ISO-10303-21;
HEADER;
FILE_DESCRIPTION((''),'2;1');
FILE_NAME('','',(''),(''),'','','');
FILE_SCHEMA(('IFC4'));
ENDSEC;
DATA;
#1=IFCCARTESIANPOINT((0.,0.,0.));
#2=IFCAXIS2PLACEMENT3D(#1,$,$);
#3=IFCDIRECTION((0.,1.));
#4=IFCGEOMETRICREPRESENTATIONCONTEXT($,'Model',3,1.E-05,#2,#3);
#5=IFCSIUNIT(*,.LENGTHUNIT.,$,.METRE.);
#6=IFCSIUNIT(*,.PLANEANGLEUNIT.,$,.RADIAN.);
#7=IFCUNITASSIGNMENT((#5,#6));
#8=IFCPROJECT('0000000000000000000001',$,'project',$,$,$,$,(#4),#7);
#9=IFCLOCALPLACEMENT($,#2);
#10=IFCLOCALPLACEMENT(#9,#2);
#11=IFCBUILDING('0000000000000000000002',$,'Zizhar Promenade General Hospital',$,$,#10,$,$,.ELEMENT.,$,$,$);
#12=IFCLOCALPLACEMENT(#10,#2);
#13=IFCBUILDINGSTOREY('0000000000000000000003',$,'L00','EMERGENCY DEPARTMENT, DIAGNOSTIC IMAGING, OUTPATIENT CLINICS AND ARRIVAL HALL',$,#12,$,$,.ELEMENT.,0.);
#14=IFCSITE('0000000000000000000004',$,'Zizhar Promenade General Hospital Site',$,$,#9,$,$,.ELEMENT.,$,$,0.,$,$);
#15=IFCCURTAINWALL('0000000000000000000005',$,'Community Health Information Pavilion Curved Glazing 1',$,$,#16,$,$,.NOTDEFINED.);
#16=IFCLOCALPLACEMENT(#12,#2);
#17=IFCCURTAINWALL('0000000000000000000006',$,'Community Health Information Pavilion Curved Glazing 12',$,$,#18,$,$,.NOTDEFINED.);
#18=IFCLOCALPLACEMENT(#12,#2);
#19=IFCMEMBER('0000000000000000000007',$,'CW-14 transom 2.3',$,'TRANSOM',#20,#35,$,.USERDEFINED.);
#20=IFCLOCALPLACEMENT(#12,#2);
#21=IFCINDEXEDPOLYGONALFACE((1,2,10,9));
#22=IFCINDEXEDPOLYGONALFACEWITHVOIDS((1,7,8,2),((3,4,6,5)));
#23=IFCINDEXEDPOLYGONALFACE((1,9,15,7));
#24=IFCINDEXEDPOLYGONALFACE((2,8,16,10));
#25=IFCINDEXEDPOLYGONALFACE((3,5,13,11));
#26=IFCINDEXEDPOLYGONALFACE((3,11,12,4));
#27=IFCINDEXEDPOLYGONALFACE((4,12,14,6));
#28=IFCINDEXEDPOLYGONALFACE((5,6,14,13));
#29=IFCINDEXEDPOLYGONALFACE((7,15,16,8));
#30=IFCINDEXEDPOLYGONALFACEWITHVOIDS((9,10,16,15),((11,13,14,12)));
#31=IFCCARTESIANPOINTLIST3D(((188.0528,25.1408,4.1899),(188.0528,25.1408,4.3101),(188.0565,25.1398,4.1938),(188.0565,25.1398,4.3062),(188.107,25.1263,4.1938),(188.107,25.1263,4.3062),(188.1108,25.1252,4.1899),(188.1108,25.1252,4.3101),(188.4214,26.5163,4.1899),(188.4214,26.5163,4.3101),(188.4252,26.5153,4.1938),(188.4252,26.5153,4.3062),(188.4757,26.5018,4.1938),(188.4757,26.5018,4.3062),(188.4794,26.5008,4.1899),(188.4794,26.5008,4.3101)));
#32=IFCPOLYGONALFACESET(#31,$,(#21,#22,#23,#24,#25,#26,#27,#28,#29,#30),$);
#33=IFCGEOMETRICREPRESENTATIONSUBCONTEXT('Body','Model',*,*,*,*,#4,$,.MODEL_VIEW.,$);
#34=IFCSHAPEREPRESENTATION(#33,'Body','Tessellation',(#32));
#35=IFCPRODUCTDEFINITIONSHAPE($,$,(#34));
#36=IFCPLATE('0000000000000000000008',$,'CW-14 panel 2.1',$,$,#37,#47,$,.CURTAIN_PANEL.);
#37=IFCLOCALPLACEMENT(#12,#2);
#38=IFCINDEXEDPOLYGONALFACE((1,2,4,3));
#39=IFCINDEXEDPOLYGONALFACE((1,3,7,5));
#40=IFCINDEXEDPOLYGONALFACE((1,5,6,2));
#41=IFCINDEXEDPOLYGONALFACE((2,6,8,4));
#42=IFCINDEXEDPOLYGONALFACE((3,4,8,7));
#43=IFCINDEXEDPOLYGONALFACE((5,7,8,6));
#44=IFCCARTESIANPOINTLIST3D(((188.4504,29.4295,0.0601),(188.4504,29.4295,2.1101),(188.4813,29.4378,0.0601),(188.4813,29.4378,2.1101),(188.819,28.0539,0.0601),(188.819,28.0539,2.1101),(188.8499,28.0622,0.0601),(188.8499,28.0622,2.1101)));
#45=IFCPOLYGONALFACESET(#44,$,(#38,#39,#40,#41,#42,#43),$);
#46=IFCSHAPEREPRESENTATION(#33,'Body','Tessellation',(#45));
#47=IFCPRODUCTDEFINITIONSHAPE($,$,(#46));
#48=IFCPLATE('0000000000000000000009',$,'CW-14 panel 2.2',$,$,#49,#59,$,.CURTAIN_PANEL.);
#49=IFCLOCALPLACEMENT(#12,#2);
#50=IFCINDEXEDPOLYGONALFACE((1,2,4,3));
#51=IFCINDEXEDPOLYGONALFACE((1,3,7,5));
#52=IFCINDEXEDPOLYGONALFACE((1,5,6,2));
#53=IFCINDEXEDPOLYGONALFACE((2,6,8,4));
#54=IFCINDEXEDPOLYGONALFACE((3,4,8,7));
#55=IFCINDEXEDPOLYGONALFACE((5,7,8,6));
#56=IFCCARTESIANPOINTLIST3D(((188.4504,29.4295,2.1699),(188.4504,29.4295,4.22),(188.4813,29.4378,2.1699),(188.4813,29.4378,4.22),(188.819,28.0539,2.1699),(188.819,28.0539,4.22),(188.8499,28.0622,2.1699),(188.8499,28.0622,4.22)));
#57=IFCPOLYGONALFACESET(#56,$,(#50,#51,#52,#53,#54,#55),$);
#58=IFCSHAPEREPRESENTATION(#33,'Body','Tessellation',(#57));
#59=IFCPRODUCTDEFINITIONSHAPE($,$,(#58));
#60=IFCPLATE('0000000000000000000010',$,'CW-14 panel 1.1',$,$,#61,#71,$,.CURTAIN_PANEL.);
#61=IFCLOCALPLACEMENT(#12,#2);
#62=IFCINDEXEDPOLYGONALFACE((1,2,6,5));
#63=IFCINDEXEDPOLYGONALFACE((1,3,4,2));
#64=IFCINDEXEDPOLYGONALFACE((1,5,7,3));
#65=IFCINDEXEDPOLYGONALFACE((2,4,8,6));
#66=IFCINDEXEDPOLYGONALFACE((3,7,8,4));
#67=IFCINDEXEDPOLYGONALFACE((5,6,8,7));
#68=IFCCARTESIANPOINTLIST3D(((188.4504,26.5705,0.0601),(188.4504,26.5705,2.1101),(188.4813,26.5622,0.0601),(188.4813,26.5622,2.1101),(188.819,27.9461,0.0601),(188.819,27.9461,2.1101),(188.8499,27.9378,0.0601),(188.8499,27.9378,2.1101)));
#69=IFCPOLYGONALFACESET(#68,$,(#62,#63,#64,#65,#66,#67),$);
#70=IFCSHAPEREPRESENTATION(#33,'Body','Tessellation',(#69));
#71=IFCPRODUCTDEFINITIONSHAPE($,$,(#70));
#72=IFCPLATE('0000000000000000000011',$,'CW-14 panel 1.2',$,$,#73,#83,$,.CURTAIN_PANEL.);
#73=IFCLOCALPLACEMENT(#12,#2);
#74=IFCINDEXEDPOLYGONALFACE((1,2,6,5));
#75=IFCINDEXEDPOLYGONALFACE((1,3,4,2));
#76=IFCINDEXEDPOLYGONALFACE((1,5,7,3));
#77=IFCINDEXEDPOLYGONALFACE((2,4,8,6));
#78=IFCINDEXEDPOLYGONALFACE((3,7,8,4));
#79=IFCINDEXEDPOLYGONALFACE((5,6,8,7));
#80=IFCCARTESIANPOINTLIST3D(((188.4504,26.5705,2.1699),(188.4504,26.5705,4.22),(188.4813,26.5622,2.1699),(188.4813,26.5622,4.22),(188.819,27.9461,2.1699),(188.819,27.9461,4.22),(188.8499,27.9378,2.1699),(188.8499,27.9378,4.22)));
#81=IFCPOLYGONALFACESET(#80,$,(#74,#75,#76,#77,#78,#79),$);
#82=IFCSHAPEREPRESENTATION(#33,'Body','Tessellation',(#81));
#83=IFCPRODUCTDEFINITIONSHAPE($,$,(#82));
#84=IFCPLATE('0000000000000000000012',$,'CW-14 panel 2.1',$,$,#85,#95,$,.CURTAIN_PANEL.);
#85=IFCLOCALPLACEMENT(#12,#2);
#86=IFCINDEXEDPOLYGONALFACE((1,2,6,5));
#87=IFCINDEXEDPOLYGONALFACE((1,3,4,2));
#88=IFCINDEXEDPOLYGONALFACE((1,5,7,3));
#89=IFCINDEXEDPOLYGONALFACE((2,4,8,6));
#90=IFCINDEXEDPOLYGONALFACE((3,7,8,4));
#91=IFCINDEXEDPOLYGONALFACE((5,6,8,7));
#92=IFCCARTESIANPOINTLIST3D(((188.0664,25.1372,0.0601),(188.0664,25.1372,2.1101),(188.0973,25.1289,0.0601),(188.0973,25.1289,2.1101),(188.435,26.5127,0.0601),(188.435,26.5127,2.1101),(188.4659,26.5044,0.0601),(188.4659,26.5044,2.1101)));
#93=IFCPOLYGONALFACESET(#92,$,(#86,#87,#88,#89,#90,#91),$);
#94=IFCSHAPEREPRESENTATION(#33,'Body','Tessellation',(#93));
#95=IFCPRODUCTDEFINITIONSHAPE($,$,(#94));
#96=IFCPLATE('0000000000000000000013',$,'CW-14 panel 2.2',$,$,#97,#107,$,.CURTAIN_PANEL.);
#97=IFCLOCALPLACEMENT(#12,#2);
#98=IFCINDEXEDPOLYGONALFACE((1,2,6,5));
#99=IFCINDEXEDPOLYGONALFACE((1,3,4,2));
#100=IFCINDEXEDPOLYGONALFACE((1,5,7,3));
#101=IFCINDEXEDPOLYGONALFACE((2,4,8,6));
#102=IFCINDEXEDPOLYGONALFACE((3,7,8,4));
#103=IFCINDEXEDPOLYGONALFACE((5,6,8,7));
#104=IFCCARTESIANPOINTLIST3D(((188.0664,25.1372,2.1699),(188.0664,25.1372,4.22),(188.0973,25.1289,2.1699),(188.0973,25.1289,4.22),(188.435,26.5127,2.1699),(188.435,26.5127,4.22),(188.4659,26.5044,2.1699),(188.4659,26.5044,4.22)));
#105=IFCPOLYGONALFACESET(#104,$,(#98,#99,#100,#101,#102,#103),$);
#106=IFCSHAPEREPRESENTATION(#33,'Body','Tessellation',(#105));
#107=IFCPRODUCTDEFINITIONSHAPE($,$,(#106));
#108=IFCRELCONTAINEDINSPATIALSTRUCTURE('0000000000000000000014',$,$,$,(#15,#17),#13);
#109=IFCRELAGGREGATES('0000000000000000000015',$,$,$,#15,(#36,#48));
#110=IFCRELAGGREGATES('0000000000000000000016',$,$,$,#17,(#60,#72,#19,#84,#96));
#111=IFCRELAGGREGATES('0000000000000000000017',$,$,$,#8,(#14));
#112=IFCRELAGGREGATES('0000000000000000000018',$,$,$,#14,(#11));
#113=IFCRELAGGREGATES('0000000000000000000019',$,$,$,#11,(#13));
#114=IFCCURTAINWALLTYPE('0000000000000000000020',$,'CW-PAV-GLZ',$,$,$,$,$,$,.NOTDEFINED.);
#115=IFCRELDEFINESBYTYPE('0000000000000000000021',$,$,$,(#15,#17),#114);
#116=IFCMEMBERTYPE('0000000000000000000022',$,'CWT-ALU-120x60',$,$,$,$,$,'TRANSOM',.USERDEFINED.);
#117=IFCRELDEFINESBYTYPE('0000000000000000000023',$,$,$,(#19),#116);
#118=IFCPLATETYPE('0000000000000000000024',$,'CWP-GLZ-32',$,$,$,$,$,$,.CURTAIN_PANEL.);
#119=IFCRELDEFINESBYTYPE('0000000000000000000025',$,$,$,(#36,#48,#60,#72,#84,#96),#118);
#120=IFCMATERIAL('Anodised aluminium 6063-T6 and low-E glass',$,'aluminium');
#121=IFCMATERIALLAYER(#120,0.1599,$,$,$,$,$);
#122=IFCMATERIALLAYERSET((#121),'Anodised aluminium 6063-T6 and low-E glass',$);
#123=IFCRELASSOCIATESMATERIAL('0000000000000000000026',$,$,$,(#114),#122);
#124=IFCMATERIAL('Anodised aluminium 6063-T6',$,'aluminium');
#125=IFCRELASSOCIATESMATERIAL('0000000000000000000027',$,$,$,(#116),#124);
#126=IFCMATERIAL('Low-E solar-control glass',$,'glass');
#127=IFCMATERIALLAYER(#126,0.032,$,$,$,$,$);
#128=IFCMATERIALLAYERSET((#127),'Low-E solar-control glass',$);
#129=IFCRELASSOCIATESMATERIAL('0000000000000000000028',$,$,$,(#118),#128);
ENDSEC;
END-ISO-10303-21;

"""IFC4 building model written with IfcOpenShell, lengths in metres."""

from ifc_helpers import new_model, si_unit, direction, frame, origin, origin_2d, place, context, subcontext, project, spatial, rectangle, hollow_rectangle, extrude, material, layer, layer_set, material_profile, profile_set, type_object, element, aggregate, save


model = new_model("IFC4")

# Units and contexts
model_context = context("Model", 3, precision=1e-05, world=origin(), true_north=direction((0.0, 1.0)))
body_context = subcontext(model_context, "Body", "Model", "MODEL_VIEW")
ifc_project = project(units=[si_unit("LENGTHUNIT", "METRE"), si_unit("PLANEANGLEUNIT", "RADIAN")], contexts=[model_context])

# Site, building, storey
site_placement = place(None, origin())
site = spatial("IfcSite", under=ifc_project, at=site_placement, Name="Zizhar Promenade General Hospital Site", CompositionType="ELEMENT", RefElevation=0.0)
building_placement = place(site_placement, origin())
building = spatial("IfcBuilding", under=site, at=building_placement, Name="Zizhar Promenade General Hospital", CompositionType="ELEMENT")
storey_placement = place(building_placement, origin())
storey = spatial("IfcBuildingStorey", under=building, at=storey_placement, Name="L00", Description="EMERGENCY DEPARTMENT, DIAGNOSTIC IMAGING, OUTPATIENT CLINICS AND ARRIVAL HALL", CompositionType="ELEMENT", Elevation=0.0)

# Curtain walls
ifc_material_1 = material(Name="Anodised aluminium 6063-T6 and low-E glass", Category="aluminium")
ifc_layer_1 = layer(ifc_material_1, 0.1599)
ifc_layer_set_1 = layer_set([ifc_layer_1], Name="Anodised aluminium 6063-T6 and low-E glass")
curtain_wall_type = type_object("IfcCurtainWallType", Name="CW-PAV-GLZ", PredefinedType="NOTDEFINED", material=ifc_layer_set_1)
curtain_wall_1_placement = place(storey_placement, origin())
curtain_wall_1 = element("IfcCurtainWall", 1, at=curtain_wall_1_placement, inside=storey, type_object=curtain_wall_type, Name="Community Health Information Pavilion Curved Glazing 1", PredefinedType="NOTDEFINED")
curtain_wall_2_placement = place(storey_placement, origin())
curtain_wall_2 = element("IfcCurtainWall", 2, at=curtain_wall_2_placement, inside=storey, type_object=curtain_wall_type, Name="Community Health Information Pavilion Curved Glazing 12", PredefinedType="NOTDEFINED")

# Member
ifc_material_2 = material(Name="Anodised aluminium 6063-T6", Category="aluminium")
ifc_material_profile_1 = material_profile(ifc_material_2, hollow_rectangle(XDim=0.0601, YDim=0.1201, WallThickness=0.0039, at=origin_2d()))
ifc_profile_set_1 = profile_set([ifc_material_profile_1], Name="Anodised aluminium 6063-T6")
member_type_1 = type_object("IfcMemberType", Name="CWT-ALU-120x60", ElementType="TRANSOM", PredefinedType="USERDEFINED", material=ifc_profile_set_1)
member_1_placement = place(storey_placement, frame((188.4504, 26.5085, 4.25), z_axis=(-0.258879, -0.96591, 0.0), x_axis=(0.96591, -0.258879, 0.0)))
member_1 = element("IfcMember", 3, at=member_1_placement, type_object=member_type_1, Name="CW-14 transom 2.3", ObjectType="TRANSOM", PredefinedType="USERDEFINED", context=body_context, shape_type="SweptSolid", body=[
    extrude(hollow_rectangle(XDim=0.0601, YDim=0.1201, WallThickness=0.0039, at=origin_2d()), origin(), (0.0, 0.0, 1.0), 1.4241),
])

# Plates
ifc_material_3 = material(Name="Low-E solar-control glass", Category="glass")
ifc_layer_2 = layer(ifc_material_3, 0.032)
ifc_layer_set_2 = layer_set([ifc_layer_2], Name="Low-E solar-control glass")
plate_type = type_object("IfcPlateType", Name="CWP-GLZ-32", PredefinedType="CURTAIN_PANEL", material=ifc_layer_set_2)
plate_1_placement = place(storey_placement, frame((188.6501, 28.7458, 0.0601), z_axis=(0.0, 0.0, 1.0), x_axis=(0.258834, -0.965922, 0.0)))
plate_1 = element("IfcPlate", 4, at=plate_1_placement, type_object=plate_type, Name="CW-14 panel 2.1", PredefinedType="CURTAIN_PANEL", context=body_context, shape_type="SweptSolid", body=[
    extrude(rectangle(XDim=1.4241, YDim=0.032, at=origin_2d()), origin(), (0.0, 0.0, 1.0), 2.05),
])
plate_2_placement = place(storey_placement, frame((188.6501, 28.7458, 2.1699), z_axis=(0.0, 0.0, 1.0), x_axis=(0.258834, -0.965922, 0.0)))
plate_2 = element("IfcPlate", 5, at=plate_2_placement, type_object=plate_type, Name="CW-14 panel 2.2", PredefinedType="CURTAIN_PANEL", context=body_context, shape_type="SweptSolid", body=[
    extrude(rectangle(XDim=1.4241, YDim=0.032, at=origin_2d()), origin(), (0.0, 0.0, 1.0), 2.05),
])
aggregate(curtain_wall_1, [plate_1, plate_2])
plate_3_placement = place(storey_placement, frame((188.6501, 27.2542, 0.0601), z_axis=(0.0, 0.0, 1.0), x_axis=(-0.258834, -0.965922, 0.0)))
plate_3 = element("IfcPlate", 6, at=plate_3_placement, type_object=plate_type, Name="CW-14 panel 1.1", PredefinedType="CURTAIN_PANEL", context=body_context, shape_type="SweptSolid", body=[
    extrude(rectangle(XDim=1.4241, YDim=0.032, at=origin_2d()), origin(), (0.0, 0.0, 1.0), 2.05),
])
plate_4_placement = place(storey_placement, frame((188.6501, 27.2542, 2.1699), z_axis=(0.0, 0.0, 1.0), x_axis=(-0.258834, -0.965922, 0.0)))
plate_4 = element("IfcPlate", 7, at=plate_4_placement, type_object=plate_type, Name="CW-14 panel 1.2", PredefinedType="CURTAIN_PANEL", context=body_context, shape_type="SweptSolid", body=[
    extrude(rectangle(XDim=1.4241, YDim=0.032, at=origin_2d()), origin(), (0.0, 0.0, 1.0), 2.05),
])
plate_5_placement = place(storey_placement, frame((188.2661, 25.8208, 0.0601), z_axis=(0.0, 0.0, 1.0), x_axis=(-0.258834, -0.965922, 0.0)))
plate_5 = element("IfcPlate", 8, at=plate_5_placement, type_object=plate_type, Name="CW-14 panel 2.1", PredefinedType="CURTAIN_PANEL", context=body_context, shape_type="SweptSolid", body=[
    extrude(rectangle(XDim=1.4241, YDim=0.032, at=origin_2d()), origin(), (0.0, 0.0, 1.0), 2.05),
])
plate_6_placement = place(storey_placement, frame((188.2661, 25.8208, 2.1699), z_axis=(0.0, 0.0, 1.0), x_axis=(-0.258834, -0.965922, 0.0)))
plate_6 = element("IfcPlate", 9, at=plate_6_placement, type_object=plate_type, Name="CW-14 panel 2.2", PredefinedType="CURTAIN_PANEL", context=body_context, shape_type="SweptSolid", body=[
    extrude(rectangle(XDim=1.4241, YDim=0.032, at=origin_2d()), origin(), (0.0, 0.0, 1.0), 2.05),
])
aggregate(curtain_wall_2, [plate_3, plate_4, member_1, plate_5, plate_6])

save(model, "model.ifc")
